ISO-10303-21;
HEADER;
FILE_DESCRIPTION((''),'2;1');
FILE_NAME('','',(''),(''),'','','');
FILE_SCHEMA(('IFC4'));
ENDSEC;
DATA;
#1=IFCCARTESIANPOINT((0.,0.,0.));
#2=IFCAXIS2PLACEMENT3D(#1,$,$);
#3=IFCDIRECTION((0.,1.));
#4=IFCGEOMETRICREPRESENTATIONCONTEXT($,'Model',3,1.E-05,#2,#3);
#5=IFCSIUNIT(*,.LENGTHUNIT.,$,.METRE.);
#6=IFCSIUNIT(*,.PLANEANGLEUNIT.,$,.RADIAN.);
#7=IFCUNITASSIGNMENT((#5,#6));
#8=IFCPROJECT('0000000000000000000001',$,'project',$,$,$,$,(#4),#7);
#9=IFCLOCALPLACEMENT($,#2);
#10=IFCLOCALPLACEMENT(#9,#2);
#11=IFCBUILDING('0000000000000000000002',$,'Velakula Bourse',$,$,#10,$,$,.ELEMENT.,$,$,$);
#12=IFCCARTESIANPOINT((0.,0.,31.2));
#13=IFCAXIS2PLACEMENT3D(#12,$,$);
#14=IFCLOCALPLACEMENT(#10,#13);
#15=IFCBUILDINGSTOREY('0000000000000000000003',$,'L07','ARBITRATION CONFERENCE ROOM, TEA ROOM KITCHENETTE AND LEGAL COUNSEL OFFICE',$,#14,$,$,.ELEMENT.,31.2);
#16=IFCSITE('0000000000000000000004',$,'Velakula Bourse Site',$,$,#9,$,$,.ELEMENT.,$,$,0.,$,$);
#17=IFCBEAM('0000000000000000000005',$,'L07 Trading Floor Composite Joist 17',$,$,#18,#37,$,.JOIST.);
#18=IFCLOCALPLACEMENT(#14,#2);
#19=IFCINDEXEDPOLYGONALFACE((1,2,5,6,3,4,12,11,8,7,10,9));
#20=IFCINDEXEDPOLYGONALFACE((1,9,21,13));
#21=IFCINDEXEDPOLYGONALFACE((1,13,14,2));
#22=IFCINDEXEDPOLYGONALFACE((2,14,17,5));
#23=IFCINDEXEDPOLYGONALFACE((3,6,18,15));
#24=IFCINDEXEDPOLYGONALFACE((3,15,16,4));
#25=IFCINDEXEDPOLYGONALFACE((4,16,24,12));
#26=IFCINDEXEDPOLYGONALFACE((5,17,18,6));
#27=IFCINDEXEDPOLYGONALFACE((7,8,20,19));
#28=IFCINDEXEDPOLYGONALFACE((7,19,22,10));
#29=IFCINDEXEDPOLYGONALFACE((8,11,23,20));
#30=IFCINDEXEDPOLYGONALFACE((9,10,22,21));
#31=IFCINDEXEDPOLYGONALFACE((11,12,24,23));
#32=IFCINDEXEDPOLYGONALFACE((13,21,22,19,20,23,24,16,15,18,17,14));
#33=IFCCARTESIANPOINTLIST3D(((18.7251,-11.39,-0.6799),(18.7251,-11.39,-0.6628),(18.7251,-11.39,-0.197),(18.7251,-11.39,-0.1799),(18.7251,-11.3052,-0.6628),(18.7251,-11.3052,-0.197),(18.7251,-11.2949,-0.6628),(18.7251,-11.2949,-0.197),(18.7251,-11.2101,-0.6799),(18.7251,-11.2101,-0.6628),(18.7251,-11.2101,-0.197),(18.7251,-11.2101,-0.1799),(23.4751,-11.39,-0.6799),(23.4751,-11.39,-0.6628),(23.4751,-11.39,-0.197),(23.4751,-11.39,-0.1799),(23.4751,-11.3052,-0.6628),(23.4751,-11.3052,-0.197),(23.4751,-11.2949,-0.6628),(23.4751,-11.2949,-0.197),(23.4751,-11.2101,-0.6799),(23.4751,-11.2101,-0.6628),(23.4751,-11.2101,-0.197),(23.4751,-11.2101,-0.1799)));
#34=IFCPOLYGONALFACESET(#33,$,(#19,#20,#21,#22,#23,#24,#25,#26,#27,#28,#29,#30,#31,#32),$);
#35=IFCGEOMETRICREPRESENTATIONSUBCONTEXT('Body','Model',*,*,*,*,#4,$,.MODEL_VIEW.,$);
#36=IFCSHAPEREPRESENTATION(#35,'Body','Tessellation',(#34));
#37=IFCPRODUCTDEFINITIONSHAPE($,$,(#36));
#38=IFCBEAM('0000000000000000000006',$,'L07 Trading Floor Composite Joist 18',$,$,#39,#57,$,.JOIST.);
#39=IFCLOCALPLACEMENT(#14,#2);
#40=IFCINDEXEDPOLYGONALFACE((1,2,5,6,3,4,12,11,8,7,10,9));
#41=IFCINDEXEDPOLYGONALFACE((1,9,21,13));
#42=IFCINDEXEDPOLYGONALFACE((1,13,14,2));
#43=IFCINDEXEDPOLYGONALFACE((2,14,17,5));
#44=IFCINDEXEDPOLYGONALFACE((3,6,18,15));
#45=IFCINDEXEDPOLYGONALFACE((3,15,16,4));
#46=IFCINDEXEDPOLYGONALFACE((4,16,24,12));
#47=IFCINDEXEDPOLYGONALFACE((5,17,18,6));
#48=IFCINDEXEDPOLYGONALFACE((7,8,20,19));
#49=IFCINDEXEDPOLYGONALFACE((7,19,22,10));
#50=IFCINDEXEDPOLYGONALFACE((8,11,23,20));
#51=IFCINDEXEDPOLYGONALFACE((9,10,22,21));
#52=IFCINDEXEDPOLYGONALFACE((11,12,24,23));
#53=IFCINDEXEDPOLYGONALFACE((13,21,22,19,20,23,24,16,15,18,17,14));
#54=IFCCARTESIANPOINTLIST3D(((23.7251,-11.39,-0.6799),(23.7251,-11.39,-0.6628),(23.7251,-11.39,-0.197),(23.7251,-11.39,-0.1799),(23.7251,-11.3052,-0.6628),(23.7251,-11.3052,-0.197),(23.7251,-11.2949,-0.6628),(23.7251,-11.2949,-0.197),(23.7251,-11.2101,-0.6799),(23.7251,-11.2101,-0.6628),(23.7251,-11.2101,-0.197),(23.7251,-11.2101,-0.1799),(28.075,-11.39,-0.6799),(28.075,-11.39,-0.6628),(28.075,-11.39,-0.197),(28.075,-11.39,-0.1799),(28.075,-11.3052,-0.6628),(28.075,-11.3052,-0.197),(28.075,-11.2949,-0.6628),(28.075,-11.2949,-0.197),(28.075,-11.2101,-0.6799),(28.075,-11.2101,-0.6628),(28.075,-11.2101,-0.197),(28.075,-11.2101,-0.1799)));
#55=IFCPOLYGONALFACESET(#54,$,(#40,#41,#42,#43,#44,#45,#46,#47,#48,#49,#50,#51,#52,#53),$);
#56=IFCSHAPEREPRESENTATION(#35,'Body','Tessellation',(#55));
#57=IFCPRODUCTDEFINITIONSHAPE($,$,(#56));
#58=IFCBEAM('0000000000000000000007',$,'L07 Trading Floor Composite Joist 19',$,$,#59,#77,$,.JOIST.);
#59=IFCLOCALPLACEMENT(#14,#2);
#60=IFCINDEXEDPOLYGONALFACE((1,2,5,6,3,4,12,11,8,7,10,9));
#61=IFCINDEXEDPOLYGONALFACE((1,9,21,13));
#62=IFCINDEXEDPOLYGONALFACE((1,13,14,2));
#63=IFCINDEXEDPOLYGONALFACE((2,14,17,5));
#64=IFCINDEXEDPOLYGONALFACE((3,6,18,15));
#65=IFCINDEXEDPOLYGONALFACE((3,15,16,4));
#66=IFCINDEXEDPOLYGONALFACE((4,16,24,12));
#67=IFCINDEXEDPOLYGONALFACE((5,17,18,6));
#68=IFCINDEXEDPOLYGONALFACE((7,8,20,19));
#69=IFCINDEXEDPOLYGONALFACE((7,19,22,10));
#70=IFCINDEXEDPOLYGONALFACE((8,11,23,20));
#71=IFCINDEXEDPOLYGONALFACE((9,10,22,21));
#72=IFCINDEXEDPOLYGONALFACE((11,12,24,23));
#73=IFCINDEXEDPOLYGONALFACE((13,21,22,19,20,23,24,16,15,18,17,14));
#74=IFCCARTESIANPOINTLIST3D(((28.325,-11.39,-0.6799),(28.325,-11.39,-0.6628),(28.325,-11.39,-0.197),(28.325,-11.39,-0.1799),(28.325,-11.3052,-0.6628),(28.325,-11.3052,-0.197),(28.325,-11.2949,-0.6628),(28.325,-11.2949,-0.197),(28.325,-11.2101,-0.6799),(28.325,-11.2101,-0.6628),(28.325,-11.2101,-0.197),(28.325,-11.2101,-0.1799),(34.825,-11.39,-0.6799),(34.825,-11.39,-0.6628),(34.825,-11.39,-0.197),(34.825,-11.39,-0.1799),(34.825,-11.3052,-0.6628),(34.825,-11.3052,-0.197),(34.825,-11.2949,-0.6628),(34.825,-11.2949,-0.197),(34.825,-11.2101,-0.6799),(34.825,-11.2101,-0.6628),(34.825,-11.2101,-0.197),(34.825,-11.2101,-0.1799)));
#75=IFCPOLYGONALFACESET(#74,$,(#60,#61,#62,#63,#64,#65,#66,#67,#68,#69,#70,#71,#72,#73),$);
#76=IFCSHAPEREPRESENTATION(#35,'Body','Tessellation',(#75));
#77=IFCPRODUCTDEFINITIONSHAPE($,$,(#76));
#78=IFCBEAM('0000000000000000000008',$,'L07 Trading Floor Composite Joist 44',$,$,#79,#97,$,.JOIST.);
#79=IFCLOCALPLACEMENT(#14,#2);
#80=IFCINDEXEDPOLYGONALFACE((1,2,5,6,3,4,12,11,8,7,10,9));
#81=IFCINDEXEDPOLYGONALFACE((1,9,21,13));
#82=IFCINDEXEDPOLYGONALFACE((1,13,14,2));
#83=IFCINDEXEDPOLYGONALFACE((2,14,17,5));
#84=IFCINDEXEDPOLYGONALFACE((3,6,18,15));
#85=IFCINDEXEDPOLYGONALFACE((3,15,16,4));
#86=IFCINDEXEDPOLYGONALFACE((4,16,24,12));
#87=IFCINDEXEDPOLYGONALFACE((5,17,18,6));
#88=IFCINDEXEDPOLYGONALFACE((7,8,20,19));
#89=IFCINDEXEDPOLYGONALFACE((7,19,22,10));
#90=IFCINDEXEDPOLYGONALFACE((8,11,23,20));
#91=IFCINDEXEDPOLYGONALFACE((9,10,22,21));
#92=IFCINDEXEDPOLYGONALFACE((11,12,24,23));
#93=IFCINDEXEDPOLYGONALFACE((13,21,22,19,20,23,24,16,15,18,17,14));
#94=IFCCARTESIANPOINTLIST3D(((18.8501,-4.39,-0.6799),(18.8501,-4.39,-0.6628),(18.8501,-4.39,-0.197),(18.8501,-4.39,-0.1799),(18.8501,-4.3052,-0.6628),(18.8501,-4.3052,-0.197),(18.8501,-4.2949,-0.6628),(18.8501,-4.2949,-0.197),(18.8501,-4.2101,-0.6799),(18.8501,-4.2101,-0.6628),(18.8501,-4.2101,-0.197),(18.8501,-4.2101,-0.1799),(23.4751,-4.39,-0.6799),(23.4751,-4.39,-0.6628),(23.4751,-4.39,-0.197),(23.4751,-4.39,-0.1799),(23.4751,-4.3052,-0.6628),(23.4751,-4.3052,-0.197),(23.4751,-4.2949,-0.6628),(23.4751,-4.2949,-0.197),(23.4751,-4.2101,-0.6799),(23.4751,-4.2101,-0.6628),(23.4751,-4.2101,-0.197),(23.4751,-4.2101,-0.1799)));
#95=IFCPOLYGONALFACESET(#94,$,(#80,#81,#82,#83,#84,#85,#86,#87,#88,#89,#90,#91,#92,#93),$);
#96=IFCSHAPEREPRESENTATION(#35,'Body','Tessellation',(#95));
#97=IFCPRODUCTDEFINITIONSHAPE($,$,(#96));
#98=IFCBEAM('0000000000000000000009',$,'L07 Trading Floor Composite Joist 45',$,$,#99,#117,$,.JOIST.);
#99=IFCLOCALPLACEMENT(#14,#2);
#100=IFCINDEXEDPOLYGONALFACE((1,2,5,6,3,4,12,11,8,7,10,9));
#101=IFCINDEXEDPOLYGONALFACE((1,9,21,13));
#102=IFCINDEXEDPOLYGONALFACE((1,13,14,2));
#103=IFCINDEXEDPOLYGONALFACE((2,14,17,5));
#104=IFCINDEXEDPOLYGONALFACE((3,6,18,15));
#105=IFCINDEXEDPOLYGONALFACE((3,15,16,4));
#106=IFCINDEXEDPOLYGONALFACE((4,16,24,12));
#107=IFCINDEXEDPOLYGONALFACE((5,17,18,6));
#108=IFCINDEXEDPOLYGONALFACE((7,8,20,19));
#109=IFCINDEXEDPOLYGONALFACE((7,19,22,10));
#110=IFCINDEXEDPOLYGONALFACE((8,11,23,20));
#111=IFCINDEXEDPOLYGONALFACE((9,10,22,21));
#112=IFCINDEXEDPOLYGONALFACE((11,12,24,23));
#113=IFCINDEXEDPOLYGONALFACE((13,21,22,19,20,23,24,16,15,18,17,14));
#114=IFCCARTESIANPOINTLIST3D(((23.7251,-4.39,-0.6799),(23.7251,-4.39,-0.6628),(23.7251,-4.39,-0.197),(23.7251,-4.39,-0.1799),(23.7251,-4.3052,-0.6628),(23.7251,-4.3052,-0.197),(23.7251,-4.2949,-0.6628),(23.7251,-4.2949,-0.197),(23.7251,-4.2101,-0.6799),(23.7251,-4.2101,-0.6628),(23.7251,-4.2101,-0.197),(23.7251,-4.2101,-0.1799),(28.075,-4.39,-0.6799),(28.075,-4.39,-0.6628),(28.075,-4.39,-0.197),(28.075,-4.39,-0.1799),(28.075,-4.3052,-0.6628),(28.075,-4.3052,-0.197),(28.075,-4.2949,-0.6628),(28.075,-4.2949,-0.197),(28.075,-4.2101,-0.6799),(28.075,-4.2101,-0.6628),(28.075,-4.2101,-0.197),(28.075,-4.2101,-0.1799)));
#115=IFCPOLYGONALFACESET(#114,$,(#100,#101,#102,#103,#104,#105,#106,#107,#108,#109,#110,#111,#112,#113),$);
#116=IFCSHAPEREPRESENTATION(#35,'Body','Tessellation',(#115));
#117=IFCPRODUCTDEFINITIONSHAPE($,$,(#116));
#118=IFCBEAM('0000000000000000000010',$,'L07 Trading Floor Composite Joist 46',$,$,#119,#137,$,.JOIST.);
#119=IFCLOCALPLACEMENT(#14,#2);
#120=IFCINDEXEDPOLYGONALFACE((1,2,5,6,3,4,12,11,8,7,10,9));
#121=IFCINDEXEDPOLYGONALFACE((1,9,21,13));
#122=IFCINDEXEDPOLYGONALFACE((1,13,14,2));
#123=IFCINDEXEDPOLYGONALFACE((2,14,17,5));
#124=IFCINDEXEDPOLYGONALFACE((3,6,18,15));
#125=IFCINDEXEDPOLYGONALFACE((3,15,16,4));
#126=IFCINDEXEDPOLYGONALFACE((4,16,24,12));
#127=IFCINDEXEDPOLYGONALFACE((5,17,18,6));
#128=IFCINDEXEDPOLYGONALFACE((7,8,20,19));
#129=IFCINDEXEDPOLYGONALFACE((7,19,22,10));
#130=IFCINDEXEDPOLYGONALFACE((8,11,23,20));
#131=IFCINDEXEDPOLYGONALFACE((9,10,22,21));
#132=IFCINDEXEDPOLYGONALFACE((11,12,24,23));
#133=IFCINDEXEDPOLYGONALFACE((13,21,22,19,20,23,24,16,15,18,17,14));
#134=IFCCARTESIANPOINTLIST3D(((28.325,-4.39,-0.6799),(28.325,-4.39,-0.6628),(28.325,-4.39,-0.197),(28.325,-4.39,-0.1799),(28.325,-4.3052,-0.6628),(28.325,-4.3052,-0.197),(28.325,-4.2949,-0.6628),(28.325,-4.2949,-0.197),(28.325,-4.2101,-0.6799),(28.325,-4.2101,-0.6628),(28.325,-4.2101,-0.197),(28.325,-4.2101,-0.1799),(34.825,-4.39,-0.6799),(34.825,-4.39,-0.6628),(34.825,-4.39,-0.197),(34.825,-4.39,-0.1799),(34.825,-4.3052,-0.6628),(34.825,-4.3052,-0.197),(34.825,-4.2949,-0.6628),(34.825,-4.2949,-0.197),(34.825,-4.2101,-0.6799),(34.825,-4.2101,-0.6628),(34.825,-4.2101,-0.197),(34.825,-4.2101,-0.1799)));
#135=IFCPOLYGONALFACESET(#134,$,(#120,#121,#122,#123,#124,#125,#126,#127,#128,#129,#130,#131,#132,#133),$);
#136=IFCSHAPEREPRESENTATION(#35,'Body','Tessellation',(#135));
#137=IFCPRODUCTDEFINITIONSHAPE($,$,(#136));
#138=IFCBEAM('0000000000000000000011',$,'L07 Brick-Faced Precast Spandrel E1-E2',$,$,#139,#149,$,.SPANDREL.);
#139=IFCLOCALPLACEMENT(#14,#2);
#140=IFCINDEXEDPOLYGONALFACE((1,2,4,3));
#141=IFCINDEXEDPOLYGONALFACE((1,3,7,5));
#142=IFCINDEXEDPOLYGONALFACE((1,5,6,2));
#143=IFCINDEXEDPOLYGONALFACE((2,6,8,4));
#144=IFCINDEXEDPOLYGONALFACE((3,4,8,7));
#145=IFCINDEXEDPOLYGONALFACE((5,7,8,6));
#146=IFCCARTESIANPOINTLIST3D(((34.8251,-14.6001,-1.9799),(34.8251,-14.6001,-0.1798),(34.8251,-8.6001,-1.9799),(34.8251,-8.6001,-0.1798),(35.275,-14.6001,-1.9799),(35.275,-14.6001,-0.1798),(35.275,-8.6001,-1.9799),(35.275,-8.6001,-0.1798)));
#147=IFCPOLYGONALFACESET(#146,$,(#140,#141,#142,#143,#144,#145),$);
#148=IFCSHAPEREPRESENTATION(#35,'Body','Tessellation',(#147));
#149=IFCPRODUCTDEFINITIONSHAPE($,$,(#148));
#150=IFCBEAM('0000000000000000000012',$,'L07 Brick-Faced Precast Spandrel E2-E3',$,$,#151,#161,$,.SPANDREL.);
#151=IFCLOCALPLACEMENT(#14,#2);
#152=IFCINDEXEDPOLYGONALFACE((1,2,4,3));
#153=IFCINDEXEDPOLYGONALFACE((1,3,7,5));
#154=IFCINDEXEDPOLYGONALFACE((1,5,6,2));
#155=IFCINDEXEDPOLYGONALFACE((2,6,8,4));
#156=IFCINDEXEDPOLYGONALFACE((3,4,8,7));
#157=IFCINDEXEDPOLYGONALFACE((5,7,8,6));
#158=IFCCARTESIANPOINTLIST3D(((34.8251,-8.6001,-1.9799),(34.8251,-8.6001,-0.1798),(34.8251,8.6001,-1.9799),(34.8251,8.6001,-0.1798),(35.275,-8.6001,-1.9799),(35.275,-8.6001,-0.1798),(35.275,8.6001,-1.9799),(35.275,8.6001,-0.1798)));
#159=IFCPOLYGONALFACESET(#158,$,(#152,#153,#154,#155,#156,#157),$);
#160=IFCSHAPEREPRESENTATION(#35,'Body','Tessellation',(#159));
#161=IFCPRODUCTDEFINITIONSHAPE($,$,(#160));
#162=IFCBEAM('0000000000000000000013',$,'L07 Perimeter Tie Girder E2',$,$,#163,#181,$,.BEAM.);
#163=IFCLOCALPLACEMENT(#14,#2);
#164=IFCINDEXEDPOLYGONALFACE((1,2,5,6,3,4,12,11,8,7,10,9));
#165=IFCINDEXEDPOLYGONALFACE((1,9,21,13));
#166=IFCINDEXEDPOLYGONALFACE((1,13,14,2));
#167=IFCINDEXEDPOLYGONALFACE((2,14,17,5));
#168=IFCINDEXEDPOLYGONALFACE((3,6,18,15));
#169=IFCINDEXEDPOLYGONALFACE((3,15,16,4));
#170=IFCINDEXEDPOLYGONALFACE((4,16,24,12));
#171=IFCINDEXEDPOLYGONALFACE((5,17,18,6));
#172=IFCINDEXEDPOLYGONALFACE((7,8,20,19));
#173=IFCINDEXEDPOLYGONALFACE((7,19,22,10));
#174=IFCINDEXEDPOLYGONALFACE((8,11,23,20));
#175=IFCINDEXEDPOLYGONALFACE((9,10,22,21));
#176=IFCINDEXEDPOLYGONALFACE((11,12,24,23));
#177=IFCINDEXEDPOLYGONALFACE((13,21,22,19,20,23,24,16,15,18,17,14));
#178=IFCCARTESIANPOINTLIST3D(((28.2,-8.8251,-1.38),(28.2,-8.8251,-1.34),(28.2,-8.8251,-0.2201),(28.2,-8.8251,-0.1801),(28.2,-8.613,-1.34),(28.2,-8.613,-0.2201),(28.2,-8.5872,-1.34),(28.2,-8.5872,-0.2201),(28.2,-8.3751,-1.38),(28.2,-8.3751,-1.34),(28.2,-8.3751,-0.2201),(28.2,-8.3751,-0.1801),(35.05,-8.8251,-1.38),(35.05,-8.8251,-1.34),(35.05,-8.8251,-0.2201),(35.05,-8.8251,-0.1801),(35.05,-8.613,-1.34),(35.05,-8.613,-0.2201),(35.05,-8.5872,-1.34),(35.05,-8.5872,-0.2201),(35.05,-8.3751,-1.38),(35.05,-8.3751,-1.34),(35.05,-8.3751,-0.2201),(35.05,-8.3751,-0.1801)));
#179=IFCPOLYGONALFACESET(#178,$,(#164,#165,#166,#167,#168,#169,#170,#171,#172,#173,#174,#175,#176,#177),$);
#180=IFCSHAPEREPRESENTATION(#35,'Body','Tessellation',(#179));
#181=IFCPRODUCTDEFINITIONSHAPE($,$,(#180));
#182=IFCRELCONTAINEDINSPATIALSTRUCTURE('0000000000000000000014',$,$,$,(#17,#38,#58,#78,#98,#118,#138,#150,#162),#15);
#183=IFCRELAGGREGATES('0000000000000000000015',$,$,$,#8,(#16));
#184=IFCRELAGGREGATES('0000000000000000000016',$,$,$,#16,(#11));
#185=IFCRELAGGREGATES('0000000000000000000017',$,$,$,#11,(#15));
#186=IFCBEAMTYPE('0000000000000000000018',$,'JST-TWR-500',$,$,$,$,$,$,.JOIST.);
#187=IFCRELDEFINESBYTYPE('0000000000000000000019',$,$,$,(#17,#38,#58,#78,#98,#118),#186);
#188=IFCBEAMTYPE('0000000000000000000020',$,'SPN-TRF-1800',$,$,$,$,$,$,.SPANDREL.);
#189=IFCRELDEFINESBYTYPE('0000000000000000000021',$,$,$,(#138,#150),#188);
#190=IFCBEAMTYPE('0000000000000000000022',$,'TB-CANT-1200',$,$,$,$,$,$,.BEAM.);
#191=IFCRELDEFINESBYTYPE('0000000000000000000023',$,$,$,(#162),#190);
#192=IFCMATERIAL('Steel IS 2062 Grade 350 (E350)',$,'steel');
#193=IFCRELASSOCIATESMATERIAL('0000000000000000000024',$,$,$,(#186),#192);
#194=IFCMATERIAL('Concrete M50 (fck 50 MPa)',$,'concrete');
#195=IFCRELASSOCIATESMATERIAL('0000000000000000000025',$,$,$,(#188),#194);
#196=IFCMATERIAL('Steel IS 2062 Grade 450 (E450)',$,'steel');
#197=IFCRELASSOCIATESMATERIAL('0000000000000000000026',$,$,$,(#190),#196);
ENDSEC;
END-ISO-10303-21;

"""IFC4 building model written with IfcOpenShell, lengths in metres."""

from ifc_helpers import new_model, si_unit, direction, frame, origin, origin_2d, place, context, subcontext, project, spatial, rectangle, i_section, extrude, material, material_profile, profile_set, type_object, element, save


model = new_model("IFC4")

# Units and contexts
model_context = context("Model", 3, precision=1e-05, world=origin(), true_north=direction((0.0, 1.0)))
body_context = subcontext(model_context, "Body", "Model", "MODEL_VIEW")
ifc_project = project(units=[si_unit("LENGTHUNIT", "METRE"), si_unit("PLANEANGLEUNIT", "RADIAN")], contexts=[model_context])

# Site, building, storey
site_placement = place(None, origin())
site = spatial("IfcSite", under=ifc_project, at=site_placement, Name="Velakula Bourse Site", CompositionType="ELEMENT", RefElevation=0.0)
building_placement = place(site_placement, origin())
building = spatial("IfcBuilding", under=site, at=building_placement, Name="Velakula Bourse", CompositionType="ELEMENT")
storey_placement = place(building_placement, frame((0.0, 0.0, 31.2)))
storey = spatial("IfcBuildingStorey", under=building, at=storey_placement, Name="L07", Description="ARBITRATION CONFERENCE ROOM, TEA ROOM KITCHENETTE AND LEGAL COUNSEL OFFICE", CompositionType="ELEMENT", Elevation=31.2)

# Shared definitions
ifc_material_1 = material(Name="Steel IS 2062 Grade 450 (E450)", Category="steel")

# Beams
ifc_material_2 = material(Name="Steel IS 2062 Grade 350 (E350)", Category="steel")
ifc_material_profile_1 = material_profile(ifc_material_2, i_section(OverallWidth=0.1799, OverallDepth=0.5, WebThickness=0.0103, FlangeThickness=0.0171, at=origin_2d()), Name="Steel IS 2062 Grade 350 (E350)")
ifc_profile_set_1 = profile_set([ifc_material_profile_1], Name="Steel IS 2062 Grade 350 (E350)")
beam_type_1 = type_object("IfcBeamType", Name="JST-TWR-500", PredefinedType="JOIST", material=ifc_profile_set_1)
beam_1_placement = place(storey_placement, frame((18.7251, -11.3, -0.4299), z_axis=(1.0, 0.0, 0.0), x_axis=(0.0, 1.0, 0.0)))
element("IfcBeam", 1, at=beam_1_placement, inside=storey, type_object=beam_type_1, Name="L07 Trading Floor Composite Joist 17", PredefinedType="JOIST", context=body_context, shape_type="SweptSolid", body=[
    extrude(i_section(OverallWidth=0.1799, OverallDepth=0.5, WebThickness=0.0103, FlangeThickness=0.0171, at=origin_2d()), origin(), (0.0, 0.0, 1.0), 4.75),
])
beam_2_placement = place(storey_placement, frame((23.7251, -11.3, -0.4299), z_axis=(1.0, 0.0, 0.0), x_axis=(0.0, 1.0, 0.0)))
element("IfcBeam", 2, at=beam_2_placement, inside=storey, type_object=beam_type_1, Name="L07 Trading Floor Composite Joist 18", PredefinedType="JOIST", context=body_context, shape_type="SweptSolid", body=[
    extrude(i_section(OverallWidth=0.1799, OverallDepth=0.5, WebThickness=0.0103, FlangeThickness=0.0171, at=origin_2d()), origin(), (0.0, 0.0, 1.0), 4.3499),
])
beam_3_placement = place(storey_placement, frame((28.325, -11.3, -0.4299), z_axis=(1.0, 0.0, 0.0), x_axis=(0.0, 1.0, 0.0)))
element("IfcBeam", 3, at=beam_3_placement, inside=storey, type_object=beam_type_1, Name="L07 Trading Floor Composite Joist 19", PredefinedType="JOIST", context=body_context, shape_type="SweptSolid", body=[
    extrude(i_section(OverallWidth=0.1799, OverallDepth=0.5, WebThickness=0.0103, FlangeThickness=0.0171, at=origin_2d()), origin(), (0.0, 0.0, 1.0), 6.5),
])
beam_4_placement = place(storey_placement, frame((18.8501, -4.3, -0.4299), z_axis=(1.0, 0.0, 0.0), x_axis=(0.0, 1.0, 0.0)))
element("IfcBeam", 4, at=beam_4_placement, inside=storey, type_object=beam_type_1, Name="L07 Trading Floor Composite Joist 44", PredefinedType="JOIST", context=body_context, shape_type="SweptSolid", body=[
    extrude(i_section(OverallWidth=0.1799, OverallDepth=0.5, WebThickness=0.0103, FlangeThickness=0.0171, at=origin_2d()), origin(), (0.0, 0.0, 1.0), 4.625),
])
beam_5_placement = place(storey_placement, frame((23.7251, -4.3, -0.4299), z_axis=(1.0, 0.0, 0.0), x_axis=(0.0, 1.0, 0.0)))
element("IfcBeam", 5, at=beam_5_placement, inside=storey, type_object=beam_type_1, Name="L07 Trading Floor Composite Joist 45", PredefinedType="JOIST", context=body_context, shape_type="SweptSolid", body=[
    extrude(i_section(OverallWidth=0.1799, OverallDepth=0.5, WebThickness=0.0103, FlangeThickness=0.0171, at=origin_2d()), origin(), (0.0, 0.0, 1.0), 4.3499),
])
beam_6_placement = place(storey_placement, frame((28.325, -4.3, -0.4299), z_axis=(1.0, 0.0, 0.0), x_axis=(0.0, 1.0, 0.0)))
element("IfcBeam", 6, at=beam_6_placement, inside=storey, type_object=beam_type_1, Name="L07 Trading Floor Composite Joist 46", PredefinedType="JOIST", context=body_context, shape_type="SweptSolid", body=[
    extrude(i_section(OverallWidth=0.1799, OverallDepth=0.5, WebThickness=0.0103, FlangeThickness=0.0171, at=origin_2d()), origin(), (0.0, 0.0, 1.0), 6.5),
])
ifc_material_3 = material(Name="Concrete M50 (fck 50 MPa)", Category="concrete")
ifc_material_profile_2 = material_profile(ifc_material_3, rectangle(XDim=0.45, YDim=1.8, at=origin_2d()), Name="Concrete M50 (fck 50 MPa)")
ifc_profile_set_2 = profile_set([ifc_material_profile_2], Name="Concrete M50 (fck 50 MPa)")
beam_type_2 = type_object("IfcBeamType", Name="SPN-TRF-1800", PredefinedType="SPANDREL", material=ifc_profile_set_2)
beam_7_placement = place(storey_placement, frame((35.05, -14.6001, -1.0798), z_axis=(0.0, 1.0, 0.0), x_axis=(-1.0, 0.0, 0.0)))
element("IfcBeam", 7, at=beam_7_placement, inside=storey, type_object=beam_type_2, Name="L07 Brick-Faced Precast Spandrel E1-E2", PredefinedType="SPANDREL", context=body_context, shape_type="SweptSolid", body=[
    extrude(rectangle(XDim=0.45, YDim=1.8, at=origin_2d()), origin(), (0.0, 0.0, 1.0), 6.0),
])
beam_8_placement = place(storey_placement, frame((35.05, -8.6001, -1.0798), z_axis=(0.0, 1.0, 0.0), x_axis=(-1.0, 0.0, 0.0)))
element("IfcBeam", 8, at=beam_8_placement, inside=storey, type_object=beam_type_2, Name="L07 Brick-Faced Precast Spandrel E2-E3", PredefinedType="SPANDREL", context=body_context, shape_type="SweptSolid", body=[
    extrude(rectangle(XDim=0.45, YDim=1.8, at=origin_2d()), origin(), (0.0, 0.0, 1.0), 17.2002),
])
ifc_material_profile_3 = material_profile(ifc_material_1, i_section(OverallWidth=0.45, OverallDepth=1.2, WebThickness=0.0259, FlangeThickness=0.04, at=origin_2d()), Name="Steel IS 2062 Grade 450 (E450)")
ifc_profile_set_3 = profile_set([ifc_material_profile_3], Name="Steel IS 2062 Grade 450 (E450)")
beam_type_3 = type_object("IfcBeamType", Name="TB-CANT-1200", PredefinedType="BEAM", material=ifc_profile_set_3)
beam_9_placement = place(storey_placement, frame((28.2, -8.6001, -0.78), z_axis=(1.0, 0.0, 0.0), x_axis=(0.0, 1.0, 0.0)))
element("IfcBeam", 9, at=beam_9_placement, inside=storey, type_object=beam_type_3, Name="L07 Perimeter Tie Girder E2", PredefinedType="BEAM", context=body_context, shape_type="SweptSolid", body=[
    extrude(i_section(OverallWidth=0.45, OverallDepth=1.2, WebThickness=0.0259, FlangeThickness=0.04, at=origin_2d()), origin(), (0.0, 0.0, 1.0), 6.8501),
])

save(model, "model.ifc")
